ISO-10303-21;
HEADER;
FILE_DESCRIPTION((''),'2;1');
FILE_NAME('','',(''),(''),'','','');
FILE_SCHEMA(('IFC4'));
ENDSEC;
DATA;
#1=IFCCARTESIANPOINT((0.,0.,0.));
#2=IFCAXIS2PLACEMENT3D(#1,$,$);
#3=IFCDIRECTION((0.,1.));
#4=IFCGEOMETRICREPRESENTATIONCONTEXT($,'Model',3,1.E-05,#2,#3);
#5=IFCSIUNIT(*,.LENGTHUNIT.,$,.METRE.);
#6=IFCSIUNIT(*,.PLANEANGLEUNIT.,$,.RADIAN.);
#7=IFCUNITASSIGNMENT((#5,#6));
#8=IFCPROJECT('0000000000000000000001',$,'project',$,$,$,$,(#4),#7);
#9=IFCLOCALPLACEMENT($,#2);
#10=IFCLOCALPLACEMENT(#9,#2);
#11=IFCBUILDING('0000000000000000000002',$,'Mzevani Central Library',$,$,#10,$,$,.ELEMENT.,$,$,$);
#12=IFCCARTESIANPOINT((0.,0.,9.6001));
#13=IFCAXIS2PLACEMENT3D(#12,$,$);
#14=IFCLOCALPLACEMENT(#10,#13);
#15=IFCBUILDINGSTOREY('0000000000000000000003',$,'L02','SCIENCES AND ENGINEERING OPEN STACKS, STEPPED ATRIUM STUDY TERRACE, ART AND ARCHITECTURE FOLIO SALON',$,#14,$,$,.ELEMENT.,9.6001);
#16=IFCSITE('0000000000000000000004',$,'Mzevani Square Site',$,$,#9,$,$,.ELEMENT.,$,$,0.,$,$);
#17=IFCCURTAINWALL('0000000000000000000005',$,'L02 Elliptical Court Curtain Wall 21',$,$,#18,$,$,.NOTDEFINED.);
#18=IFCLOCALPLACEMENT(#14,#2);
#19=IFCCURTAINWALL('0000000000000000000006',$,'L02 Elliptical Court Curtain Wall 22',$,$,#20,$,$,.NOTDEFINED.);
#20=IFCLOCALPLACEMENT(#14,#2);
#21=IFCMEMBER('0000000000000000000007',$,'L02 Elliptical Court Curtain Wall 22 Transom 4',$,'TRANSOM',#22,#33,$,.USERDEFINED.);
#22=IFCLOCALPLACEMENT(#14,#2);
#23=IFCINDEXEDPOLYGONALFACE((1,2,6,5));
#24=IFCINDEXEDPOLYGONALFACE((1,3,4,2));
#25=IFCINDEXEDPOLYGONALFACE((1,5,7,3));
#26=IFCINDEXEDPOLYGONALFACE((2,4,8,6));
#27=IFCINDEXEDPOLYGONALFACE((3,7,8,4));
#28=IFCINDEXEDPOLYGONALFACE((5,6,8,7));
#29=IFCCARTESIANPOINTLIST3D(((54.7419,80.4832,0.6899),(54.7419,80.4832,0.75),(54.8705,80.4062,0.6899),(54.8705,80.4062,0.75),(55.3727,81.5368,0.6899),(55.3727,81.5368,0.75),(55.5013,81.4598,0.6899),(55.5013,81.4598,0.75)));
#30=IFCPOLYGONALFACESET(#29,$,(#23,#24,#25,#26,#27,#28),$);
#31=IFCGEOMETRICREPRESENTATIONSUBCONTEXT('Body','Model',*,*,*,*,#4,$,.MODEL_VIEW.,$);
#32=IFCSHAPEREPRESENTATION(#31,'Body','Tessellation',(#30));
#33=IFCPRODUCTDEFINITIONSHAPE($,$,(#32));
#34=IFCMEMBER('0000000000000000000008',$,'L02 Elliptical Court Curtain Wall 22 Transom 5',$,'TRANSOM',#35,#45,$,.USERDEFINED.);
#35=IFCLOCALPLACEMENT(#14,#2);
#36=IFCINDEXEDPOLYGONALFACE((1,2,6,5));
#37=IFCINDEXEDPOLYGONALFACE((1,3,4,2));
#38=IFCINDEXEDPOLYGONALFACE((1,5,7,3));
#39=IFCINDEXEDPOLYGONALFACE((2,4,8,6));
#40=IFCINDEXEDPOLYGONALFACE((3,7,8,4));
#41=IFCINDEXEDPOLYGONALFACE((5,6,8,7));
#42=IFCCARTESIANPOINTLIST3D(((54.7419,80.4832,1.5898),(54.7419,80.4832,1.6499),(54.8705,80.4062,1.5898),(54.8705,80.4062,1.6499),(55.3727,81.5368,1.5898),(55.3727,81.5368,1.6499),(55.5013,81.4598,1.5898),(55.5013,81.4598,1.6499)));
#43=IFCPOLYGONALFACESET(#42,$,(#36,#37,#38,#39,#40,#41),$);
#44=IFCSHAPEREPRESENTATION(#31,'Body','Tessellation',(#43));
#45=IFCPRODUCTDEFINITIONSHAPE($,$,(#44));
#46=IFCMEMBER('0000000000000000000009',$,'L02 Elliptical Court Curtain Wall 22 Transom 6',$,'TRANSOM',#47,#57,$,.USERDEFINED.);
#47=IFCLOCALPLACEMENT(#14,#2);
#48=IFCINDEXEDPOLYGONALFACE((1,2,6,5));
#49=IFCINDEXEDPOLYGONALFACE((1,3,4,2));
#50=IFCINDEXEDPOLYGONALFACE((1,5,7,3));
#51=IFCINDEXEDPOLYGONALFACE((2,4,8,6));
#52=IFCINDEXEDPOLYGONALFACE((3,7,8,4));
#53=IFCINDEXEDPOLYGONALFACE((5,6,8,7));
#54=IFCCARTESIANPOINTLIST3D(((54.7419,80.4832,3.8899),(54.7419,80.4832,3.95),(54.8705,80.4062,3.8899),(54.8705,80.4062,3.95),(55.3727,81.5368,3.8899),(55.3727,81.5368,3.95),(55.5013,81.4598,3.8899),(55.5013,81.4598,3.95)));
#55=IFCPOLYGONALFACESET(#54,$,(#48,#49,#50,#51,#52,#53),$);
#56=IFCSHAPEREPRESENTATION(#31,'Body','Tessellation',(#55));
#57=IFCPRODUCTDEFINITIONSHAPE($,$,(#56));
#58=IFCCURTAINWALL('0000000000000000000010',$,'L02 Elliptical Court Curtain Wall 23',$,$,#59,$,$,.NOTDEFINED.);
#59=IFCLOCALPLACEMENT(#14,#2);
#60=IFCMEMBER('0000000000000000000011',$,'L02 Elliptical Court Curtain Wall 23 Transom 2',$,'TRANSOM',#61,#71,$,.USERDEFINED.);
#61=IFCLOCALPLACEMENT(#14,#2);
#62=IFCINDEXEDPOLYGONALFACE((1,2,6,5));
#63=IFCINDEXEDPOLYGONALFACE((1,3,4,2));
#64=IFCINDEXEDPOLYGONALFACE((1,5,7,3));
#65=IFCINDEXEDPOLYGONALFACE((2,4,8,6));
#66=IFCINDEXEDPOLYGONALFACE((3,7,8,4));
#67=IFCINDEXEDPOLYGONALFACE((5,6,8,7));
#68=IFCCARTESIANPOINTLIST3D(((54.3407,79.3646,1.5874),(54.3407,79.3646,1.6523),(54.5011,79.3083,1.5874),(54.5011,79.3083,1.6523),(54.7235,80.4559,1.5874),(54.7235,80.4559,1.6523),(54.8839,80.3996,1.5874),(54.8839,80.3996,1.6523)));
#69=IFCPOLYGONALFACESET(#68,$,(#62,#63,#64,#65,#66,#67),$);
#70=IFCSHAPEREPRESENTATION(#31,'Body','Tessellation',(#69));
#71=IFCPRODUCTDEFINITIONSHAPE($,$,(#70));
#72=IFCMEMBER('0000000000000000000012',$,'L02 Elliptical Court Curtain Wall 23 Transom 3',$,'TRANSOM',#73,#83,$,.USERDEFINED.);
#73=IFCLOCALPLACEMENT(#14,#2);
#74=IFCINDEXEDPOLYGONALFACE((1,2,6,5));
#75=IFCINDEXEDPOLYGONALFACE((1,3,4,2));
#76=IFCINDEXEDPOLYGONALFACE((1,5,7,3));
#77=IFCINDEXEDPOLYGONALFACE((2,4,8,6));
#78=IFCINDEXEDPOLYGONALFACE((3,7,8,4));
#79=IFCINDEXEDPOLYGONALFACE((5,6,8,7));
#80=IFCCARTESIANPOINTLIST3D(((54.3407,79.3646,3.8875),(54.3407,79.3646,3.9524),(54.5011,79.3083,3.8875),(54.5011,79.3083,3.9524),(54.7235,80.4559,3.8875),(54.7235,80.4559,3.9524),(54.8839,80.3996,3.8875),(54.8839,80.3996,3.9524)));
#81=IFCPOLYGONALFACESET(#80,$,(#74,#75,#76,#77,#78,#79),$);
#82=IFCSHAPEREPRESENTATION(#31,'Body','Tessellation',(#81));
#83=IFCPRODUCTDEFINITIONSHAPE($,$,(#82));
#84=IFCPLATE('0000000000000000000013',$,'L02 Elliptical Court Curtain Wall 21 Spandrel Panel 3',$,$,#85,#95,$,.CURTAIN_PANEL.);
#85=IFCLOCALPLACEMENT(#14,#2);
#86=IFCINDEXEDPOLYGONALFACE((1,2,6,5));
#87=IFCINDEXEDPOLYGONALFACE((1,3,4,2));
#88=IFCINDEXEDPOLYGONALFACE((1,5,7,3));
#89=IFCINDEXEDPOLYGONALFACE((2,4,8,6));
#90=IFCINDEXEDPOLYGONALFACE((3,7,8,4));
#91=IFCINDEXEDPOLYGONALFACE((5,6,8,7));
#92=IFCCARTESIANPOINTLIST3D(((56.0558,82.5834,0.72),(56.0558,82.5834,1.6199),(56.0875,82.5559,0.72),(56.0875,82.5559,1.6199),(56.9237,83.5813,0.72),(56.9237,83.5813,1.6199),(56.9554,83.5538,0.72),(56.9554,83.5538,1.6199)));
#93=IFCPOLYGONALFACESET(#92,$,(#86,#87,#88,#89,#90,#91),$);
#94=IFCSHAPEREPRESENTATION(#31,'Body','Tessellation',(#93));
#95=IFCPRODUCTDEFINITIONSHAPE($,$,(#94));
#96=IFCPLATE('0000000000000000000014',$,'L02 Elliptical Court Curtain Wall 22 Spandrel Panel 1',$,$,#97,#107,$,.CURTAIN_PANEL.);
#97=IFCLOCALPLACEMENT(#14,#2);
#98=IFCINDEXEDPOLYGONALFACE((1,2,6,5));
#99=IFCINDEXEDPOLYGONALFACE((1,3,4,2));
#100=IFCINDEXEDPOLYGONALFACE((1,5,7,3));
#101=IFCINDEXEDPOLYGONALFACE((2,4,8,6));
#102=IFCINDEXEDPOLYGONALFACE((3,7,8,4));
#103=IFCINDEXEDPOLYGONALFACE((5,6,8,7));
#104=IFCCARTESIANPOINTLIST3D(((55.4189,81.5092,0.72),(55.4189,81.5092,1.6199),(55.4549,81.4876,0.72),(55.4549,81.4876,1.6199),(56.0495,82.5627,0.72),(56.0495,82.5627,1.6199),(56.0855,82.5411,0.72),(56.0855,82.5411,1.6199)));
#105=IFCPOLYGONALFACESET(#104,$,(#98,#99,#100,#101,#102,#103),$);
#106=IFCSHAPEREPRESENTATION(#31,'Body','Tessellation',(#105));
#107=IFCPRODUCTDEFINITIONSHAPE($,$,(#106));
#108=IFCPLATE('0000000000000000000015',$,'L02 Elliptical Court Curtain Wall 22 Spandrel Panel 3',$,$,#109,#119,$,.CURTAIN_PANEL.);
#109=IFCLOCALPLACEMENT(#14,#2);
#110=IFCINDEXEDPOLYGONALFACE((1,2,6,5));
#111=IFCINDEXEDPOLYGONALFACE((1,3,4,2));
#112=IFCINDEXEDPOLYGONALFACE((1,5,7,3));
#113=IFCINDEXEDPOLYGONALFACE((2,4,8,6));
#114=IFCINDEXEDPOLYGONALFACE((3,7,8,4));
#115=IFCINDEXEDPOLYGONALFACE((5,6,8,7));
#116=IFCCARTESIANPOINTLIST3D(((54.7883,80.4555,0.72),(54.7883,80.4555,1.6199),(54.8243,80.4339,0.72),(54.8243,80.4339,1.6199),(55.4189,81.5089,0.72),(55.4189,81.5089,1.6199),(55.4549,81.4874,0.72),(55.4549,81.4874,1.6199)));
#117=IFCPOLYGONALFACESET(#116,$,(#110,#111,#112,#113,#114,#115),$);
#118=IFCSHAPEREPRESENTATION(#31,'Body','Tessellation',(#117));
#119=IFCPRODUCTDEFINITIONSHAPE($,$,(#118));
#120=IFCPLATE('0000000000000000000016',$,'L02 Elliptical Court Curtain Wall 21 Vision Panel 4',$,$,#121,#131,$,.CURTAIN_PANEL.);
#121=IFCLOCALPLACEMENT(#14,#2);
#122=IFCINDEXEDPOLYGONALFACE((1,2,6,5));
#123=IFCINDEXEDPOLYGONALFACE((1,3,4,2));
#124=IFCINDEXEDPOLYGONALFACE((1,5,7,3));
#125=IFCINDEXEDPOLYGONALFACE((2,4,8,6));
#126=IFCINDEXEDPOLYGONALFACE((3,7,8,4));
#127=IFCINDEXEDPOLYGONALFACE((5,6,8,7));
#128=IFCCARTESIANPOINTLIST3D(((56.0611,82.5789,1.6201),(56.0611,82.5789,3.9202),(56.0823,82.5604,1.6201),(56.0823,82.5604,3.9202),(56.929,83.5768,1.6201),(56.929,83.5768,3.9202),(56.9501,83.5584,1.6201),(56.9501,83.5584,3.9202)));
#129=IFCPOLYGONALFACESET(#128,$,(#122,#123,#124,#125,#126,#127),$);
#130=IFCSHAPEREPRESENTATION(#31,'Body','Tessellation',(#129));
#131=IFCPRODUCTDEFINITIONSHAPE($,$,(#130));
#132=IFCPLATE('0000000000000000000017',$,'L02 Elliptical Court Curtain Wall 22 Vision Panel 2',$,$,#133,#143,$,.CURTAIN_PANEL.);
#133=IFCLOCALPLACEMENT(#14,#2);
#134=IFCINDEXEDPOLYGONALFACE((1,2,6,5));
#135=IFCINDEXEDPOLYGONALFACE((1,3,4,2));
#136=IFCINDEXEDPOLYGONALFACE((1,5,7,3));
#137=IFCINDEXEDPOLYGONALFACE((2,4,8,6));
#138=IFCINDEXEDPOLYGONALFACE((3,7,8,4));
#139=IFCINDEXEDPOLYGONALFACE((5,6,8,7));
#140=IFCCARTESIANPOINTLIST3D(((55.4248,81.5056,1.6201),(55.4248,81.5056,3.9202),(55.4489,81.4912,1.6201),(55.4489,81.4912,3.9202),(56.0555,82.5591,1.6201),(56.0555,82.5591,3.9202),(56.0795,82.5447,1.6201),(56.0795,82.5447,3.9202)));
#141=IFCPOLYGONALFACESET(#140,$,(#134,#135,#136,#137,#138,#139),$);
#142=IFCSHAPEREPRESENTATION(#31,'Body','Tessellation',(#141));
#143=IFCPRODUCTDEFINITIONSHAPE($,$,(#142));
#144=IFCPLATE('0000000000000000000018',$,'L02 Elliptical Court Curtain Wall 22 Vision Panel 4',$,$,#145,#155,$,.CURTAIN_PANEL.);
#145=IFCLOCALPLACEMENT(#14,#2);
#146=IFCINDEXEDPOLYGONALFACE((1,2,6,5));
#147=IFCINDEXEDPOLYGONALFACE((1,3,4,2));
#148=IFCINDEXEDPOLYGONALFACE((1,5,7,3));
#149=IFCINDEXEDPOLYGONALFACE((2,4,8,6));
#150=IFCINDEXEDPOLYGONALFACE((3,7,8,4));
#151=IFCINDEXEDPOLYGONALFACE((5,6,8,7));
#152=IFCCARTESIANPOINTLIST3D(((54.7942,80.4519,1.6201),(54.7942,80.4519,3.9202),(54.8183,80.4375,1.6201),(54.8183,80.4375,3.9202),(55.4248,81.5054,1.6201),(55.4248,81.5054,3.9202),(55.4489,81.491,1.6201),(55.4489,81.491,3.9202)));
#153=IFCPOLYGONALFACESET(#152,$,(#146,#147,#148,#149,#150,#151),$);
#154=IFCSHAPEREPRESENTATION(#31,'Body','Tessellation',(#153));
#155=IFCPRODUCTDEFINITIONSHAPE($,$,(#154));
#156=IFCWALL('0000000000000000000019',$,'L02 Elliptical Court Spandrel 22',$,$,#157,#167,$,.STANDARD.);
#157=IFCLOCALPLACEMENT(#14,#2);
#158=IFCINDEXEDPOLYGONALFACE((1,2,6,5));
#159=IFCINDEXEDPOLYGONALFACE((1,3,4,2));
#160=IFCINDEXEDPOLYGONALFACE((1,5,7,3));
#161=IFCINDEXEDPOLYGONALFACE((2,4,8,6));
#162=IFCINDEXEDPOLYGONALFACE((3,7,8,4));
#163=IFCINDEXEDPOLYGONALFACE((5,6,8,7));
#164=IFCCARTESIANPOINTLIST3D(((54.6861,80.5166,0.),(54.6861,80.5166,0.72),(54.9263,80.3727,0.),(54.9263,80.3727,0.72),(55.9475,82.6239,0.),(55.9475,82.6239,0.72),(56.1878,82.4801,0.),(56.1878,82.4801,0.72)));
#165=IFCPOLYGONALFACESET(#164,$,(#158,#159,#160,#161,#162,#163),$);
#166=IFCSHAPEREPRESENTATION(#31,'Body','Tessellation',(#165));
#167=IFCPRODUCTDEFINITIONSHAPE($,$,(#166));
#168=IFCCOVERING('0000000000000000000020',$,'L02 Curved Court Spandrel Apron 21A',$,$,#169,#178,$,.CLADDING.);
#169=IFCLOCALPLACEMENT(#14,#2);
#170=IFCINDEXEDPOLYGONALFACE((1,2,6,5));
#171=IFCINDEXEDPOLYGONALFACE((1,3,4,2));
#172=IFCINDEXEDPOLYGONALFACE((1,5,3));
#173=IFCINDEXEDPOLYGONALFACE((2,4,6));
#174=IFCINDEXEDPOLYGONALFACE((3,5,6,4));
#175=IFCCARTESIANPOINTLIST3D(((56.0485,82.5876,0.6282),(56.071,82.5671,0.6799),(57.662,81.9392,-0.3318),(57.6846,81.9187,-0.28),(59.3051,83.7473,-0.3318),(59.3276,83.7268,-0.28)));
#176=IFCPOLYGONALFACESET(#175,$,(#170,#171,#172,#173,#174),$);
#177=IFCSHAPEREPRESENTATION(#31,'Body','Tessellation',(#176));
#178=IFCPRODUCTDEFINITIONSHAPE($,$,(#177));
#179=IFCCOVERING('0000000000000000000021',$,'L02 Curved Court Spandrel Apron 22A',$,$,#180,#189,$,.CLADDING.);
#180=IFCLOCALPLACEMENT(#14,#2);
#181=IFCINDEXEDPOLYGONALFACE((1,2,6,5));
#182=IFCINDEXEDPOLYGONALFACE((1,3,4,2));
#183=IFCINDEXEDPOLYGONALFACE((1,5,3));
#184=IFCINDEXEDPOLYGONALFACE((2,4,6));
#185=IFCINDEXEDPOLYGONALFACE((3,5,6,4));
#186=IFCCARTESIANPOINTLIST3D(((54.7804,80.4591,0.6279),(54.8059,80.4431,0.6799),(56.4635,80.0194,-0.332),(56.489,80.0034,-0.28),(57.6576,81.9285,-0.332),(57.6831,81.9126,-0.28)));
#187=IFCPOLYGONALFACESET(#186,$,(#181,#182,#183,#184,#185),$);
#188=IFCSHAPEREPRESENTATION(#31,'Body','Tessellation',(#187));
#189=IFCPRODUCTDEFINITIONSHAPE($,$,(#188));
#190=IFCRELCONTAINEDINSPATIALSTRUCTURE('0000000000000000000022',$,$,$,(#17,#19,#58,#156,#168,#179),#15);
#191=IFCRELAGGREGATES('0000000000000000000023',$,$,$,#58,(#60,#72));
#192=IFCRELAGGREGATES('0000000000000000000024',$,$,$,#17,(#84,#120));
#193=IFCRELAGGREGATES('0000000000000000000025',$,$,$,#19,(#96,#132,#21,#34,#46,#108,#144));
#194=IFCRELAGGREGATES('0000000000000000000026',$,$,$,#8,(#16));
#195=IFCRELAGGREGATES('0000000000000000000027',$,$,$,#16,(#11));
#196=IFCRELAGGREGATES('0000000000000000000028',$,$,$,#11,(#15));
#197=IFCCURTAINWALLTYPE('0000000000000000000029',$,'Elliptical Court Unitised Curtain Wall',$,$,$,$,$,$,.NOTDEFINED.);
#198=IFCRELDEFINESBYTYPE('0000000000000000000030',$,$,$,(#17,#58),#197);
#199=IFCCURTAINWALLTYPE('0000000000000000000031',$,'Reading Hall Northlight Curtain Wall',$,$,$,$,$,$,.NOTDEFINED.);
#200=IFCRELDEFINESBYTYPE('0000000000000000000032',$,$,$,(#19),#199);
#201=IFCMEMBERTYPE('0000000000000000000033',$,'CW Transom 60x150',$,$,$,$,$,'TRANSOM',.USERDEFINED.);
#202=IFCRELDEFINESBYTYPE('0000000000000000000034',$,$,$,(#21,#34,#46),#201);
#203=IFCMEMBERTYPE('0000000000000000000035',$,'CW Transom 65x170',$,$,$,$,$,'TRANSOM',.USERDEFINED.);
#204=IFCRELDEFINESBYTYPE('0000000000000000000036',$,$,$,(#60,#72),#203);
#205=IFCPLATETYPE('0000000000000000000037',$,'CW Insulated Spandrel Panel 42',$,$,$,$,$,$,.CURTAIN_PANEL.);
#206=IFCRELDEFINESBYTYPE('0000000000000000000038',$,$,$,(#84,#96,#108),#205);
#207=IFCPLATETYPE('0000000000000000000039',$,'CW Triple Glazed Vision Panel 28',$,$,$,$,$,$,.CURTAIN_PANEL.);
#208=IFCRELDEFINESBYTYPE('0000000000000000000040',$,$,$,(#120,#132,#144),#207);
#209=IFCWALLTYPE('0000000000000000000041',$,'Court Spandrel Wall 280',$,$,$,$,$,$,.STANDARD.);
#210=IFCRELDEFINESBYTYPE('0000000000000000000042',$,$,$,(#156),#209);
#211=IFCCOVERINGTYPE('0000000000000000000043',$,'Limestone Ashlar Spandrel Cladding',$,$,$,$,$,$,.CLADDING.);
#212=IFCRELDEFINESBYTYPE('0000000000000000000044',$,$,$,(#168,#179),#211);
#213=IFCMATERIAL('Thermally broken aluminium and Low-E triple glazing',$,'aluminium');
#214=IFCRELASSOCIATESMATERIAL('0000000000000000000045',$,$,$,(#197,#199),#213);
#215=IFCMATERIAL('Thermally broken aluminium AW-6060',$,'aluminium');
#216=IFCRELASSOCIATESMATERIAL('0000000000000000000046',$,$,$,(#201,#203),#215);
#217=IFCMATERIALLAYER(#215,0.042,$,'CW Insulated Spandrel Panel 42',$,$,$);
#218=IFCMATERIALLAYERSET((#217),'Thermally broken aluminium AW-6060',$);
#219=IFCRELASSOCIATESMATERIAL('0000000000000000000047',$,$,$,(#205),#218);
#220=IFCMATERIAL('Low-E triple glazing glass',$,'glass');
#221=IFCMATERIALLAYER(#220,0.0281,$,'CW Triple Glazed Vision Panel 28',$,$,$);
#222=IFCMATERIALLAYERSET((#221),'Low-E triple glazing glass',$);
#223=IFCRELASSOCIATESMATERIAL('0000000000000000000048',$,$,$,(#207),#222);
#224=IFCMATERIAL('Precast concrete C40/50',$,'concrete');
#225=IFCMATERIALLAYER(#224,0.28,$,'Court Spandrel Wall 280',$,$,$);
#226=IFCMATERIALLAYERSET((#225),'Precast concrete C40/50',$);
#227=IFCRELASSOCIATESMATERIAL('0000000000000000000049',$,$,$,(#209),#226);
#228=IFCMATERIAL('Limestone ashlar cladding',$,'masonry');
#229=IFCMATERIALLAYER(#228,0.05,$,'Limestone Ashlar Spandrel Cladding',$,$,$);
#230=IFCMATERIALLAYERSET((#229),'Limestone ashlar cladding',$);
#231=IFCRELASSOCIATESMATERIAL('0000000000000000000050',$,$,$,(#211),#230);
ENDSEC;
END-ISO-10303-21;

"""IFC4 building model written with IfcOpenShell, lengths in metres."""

from ifc_helpers import new_model, si_unit, direction, frame, frame_2d, origin, origin_2d, place, context, subcontext, project, spatial, polyline, rectangle, outline, extrude, material, layer, layer_set, material_profile, profile_set, type_object, element, aggregate, save


model = new_model("IFC4")

# Units and contexts
model_context = context("Model", 3, precision=1e-05, world=origin(), true_north=direction((0.0, 1.0)))
body_context = subcontext(model_context, "Body", "Model", "MODEL_VIEW")
ifc_project = project(units=[si_unit("LENGTHUNIT", "METRE"), si_unit("PLANEANGLEUNIT", "RADIAN")], contexts=[model_context])

# Site, building, storey
site_placement = place(None, origin())
site = spatial("IfcSite", under=ifc_project, at=site_placement, Name="Mzevani Square Site", CompositionType="ELEMENT", RefElevation=0.0)
building_placement = place(site_placement, origin())
building = spatial("IfcBuilding", under=site, at=building_placement, Name="Mzevani Central Library", CompositionType="ELEMENT")
storey_placement = place(building_placement, frame((0.0, 0.0, 9.6001)))
storey = spatial("IfcBuildingStorey", under=building, at=storey_placement, Name="L02", Description="SCIENCES AND ENGINEERING OPEN STACKS, STEPPED ATRIUM STUDY TERRACE, ART AND ARCHITECTURE FOLIO SALON", CompositionType="ELEMENT", Elevation=9.6001)

# Curtain walls
ifc_material_1 = material(Name="Thermally broken aluminium and Low-E triple glazing", Category="aluminium")
curtain_wall_type_1 = type_object("IfcCurtainWallType", Name="Elliptical Court Unitised Curtain Wall", PredefinedType="NOTDEFINED", material=ifc_material_1)
curtain_wall_1_placement = place(storey_placement, origin())
curtain_wall_1 = element("IfcCurtainWall", 1, at=curtain_wall_1_placement, inside=storey, type_object=curtain_wall_type_1, Name="L02 Elliptical Court Curtain Wall 21", PredefinedType="NOTDEFINED")
ifc_material_2 = material(Name="Thermally broken aluminium AW-6060", Category="aluminium")
curtain_wall_type_2 = type_object("IfcCurtainWallType", Name="Reading Hall Northlight Curtain Wall", PredefinedType="NOTDEFINED", material=ifc_material_1)
curtain_wall_2_placement = place(storey_placement, origin())
curtain_wall_2 = element("IfcCurtainWall", 2, at=curtain_wall_2_placement, inside=storey, type_object=curtain_wall_type_2, Name="L02 Elliptical Court Curtain Wall 22", PredefinedType="NOTDEFINED")

# Members
ifc_material_profile_1 = material_profile(ifc_material_2, rectangle(XDim=0.1499, YDim=0.0601, at=origin_2d()), Name="ALU T60x150")
ifc_profile_set_1 = profile_set([ifc_material_profile_1], Name="Thermally broken aluminium AW-6060")
member_type_1 = type_object("IfcMemberType", Name="CW Transom 60x150", ElementType="TRANSOM", PredefinedType="USERDEFINED", material=ifc_profile_set_1)
member_1_placement = place(storey_placement, frame((55.437, 81.4983, 0.72), z_axis=(-0.513677, -0.857984, 0.0), x_axis=(0.857984, -0.513677, 0.0)))
member_1 = element("IfcMember", 3, at=member_1_placement, type_object=member_type_1, Name="L02 Elliptical Court Curtain Wall 22 Transom 4", ObjectType="TRANSOM", PredefinedType="USERDEFINED", context=body_context, shape_type="SweptSolid", body=[
    extrude(rectangle(XDim=0.1499, YDim=0.0601, at=origin_2d()), origin(), (0.0, 0.0, 1.0), 1.228),
])
member_2_placement = place(storey_placement, frame((55.437, 81.4983, 1.6199), z_axis=(-0.513677, -0.857984, 0.0), x_axis=(0.857984, -0.513677, 0.0)))
member_2 = element("IfcMember", 4, at=member_2_placement, type_object=member_type_1, Name="L02 Elliptical Court Curtain Wall 22 Transom 5", ObjectType="TRANSOM", PredefinedType="USERDEFINED", context=body_context, shape_type="SweptSolid", body=[
    extrude(rectangle(XDim=0.1499, YDim=0.0601, at=origin_2d()), origin(), (0.0, 0.0, 1.0), 1.228),
])
member_3_placement = place(storey_placement, frame((55.437, 81.4983, 3.9199), z_axis=(-0.513677, -0.857984, 0.0), x_axis=(0.857984, -0.513677, 0.0)))
member_3 = element("IfcMember", 5, at=member_3_placement, type_object=member_type_1, Name="L02 Elliptical Court Curtain Wall 22 Transom 6", ObjectType="TRANSOM", PredefinedType="USERDEFINED", context=body_context, shape_type="SweptSolid", body=[
    extrude(rectangle(XDim=0.1499, YDim=0.0601, at=origin_2d()), origin(), (0.0, 0.0, 1.0), 1.228),
])

# Curtain wall, members
curtain_wall_3_placement = place(storey_placement, origin())
curtain_wall_3 = element("IfcCurtainWall", 6, at=curtain_wall_3_placement, inside=storey, type_object=curtain_wall_type_1, Name="L02 Elliptical Court Curtain Wall 23", PredefinedType="NOTDEFINED")
ifc_material_profile_2 = material_profile(ifc_material_2, rectangle(XDim=0.1699, YDim=0.0649, at=origin_2d()), Name="ALU T65x170")
ifc_profile_set_2 = profile_set([ifc_material_profile_2], Name="Thermally broken aluminium AW-6060")
member_type_2 = type_object("IfcMemberType", Name="CW Transom 65x170", ElementType="TRANSOM", PredefinedType="USERDEFINED", material=ifc_profile_set_2)
member_4_placement = place(storey_placement, frame((54.8037, 80.4277, 1.6199), z_axis=(-0.331009, -0.943628, 0.0), x_axis=(0.943628, -0.331009, 0.0)))
member_4 = element("IfcMember", 7, at=member_4_placement, type_object=member_type_2, Name="L02 Elliptical Court Curtain Wall 23 Transom 2", ObjectType="TRANSOM", PredefinedType="USERDEFINED", context=body_context, shape_type="SweptSolid", body=[
    extrude(rectangle(XDim=0.1699, YDim=0.0649, at=origin_2d()), origin(), (0.0, 0.0, 1.0), 1.1565),
])
member_5_placement = place(storey_placement, frame((54.8037, 80.4277, 3.9199), z_axis=(-0.331009, -0.943628, 0.0), x_axis=(0.943628, -0.331009, 0.0)))
member_5 = element("IfcMember", 8, at=member_5_placement, type_object=member_type_2, Name="L02 Elliptical Court Curtain Wall 23 Transom 3", ObjectType="TRANSOM", PredefinedType="USERDEFINED", context=body_context, shape_type="SweptSolid", body=[
    extrude(rectangle(XDim=0.1699, YDim=0.0649, at=origin_2d()), origin(), (0.0, 0.0, 1.0), 1.1565),
])
aggregate(curtain_wall_3, [member_4, member_5])

# Plates
ifc_layer_1 = layer(ifc_material_2, 0.042, Name="CW Insulated Spandrel Panel 42")
ifc_layer_set_1 = layer_set([ifc_layer_1], Name="Thermally broken aluminium AW-6060")
plate_type_1 = type_object("IfcPlateType", Name="CW Insulated Spandrel Panel 42", PredefinedType="CURTAIN_PANEL", material=ifc_layer_set_1)
plate_1_placement = place(storey_placement, frame((56.5056, 83.0686, 0.72), z_axis=(0.0, 0.0, 1.0), x_axis=(-0.656226, -0.754564, 0.0)))
plate_1 = element("IfcPlate", 9, at=plate_1_placement, type_object=plate_type_1, Name="L02 Elliptical Court Curtain Wall 21 Spandrel Panel 3", PredefinedType="CURTAIN_PANEL", context=body_context, shape_type="SweptSolid", body=[
    extrude(rectangle(XDim=1.3225, YDim=0.042, at=origin_2d()), origin(), (0.0, 0.0, 1.0), 0.8999),
])
plate_2_placement = place(storey_placement, frame((55.7522, 82.0251, 0.72), z_axis=(0.0, 0.0, 1.0), x_axis=(-0.513621, -0.858017, 0.0)))
plate_2 = element("IfcPlate", 10, at=plate_2_placement, type_object=plate_type_1, Name="L02 Elliptical Court Curtain Wall 22 Spandrel Panel 1", PredefinedType="CURTAIN_PANEL", context=body_context, shape_type="SweptSolid", body=[
    extrude(rectangle(XDim=1.2278, YDim=0.042, at=origin_2d()), origin(), (0.0, 0.0, 1.0), 0.8999),
])
plate_3_placement = place(storey_placement, frame((55.1216, 80.9714, 0.72), z_axis=(0.0, 0.0, 1.0), x_axis=(-0.513621, -0.858017, 0.0)))
plate_3 = element("IfcPlate", 11, at=plate_3_placement, type_object=plate_type_1, Name="L02 Elliptical Court Curtain Wall 22 Spandrel Panel 3", PredefinedType="CURTAIN_PANEL", context=body_context, shape_type="SweptSolid", body=[
    extrude(rectangle(XDim=1.2278, YDim=0.042, at=origin_2d()), origin(), (0.0, 0.0, 1.0), 0.8999),
])
ifc_material_3 = material(Name="Low-E triple glazing glass", Category="glass")
ifc_layer_2 = layer(ifc_material_3, 0.0281, Name="CW Triple Glazed Vision Panel 28")
ifc_layer_set_2 = layer_set([ifc_layer_2], Name="Low-E triple glazing glass")
plate_type_2 = type_object("IfcPlateType", Name="CW Triple Glazed Vision Panel 28", PredefinedType="CURTAIN_PANEL", material=ifc_layer_set_2)
plate_4_placement = place(storey_placement, frame((56.5056, 83.0686, 1.6201), z_axis=(0.0, 0.0, 1.0), x_axis=(-0.656226, -0.754564, 0.0)))
plate_4 = element("IfcPlate", 12, at=plate_4_placement, type_object=plate_type_2, Name="L02 Elliptical Court Curtain Wall 21 Vision Panel 4", PredefinedType="CURTAIN_PANEL", context=body_context, shape_type="SweptSolid", body=[
    extrude(rectangle(XDim=1.3225, YDim=0.0281, at=origin_2d()), origin(), (0.0, 0.0, 1.0), 2.3),
])
aggregate(curtain_wall_1, [plate_1, plate_4])
plate_5_placement = place(storey_placement, frame((55.7522, 82.0251, 1.6201), z_axis=(0.0, 0.0, 1.0), x_axis=(-0.513621, -0.858017, 0.0)))
plate_5 = element("IfcPlate", 13, at=plate_5_placement, type_object=plate_type_2, Name="L02 Elliptical Court Curtain Wall 22 Vision Panel 2", PredefinedType="CURTAIN_PANEL", context=body_context, shape_type="SweptSolid", body=[
    extrude(rectangle(XDim=1.2278, YDim=0.0281, at=origin_2d()), origin(), (0.0, 0.0, 1.0), 2.3),
])
plate_6_placement = place(storey_placement, frame((55.1216, 80.9714, 1.6201), z_axis=(0.0, 0.0, 1.0), x_axis=(-0.513621, -0.858017, 0.0)))
plate_6 = element("IfcPlate", 14, at=plate_6_placement, type_object=plate_type_2, Name="L02 Elliptical Court Curtain Wall 22 Vision Panel 4", PredefinedType="CURTAIN_PANEL", context=body_context, shape_type="SweptSolid", body=[
    extrude(rectangle(XDim=1.2278, YDim=0.0281, at=origin_2d()), origin(), (0.0, 0.0, 1.0), 2.3),
])
aggregate(curtain_wall_2, [plate_2, plate_5, member_1, member_2, member_3, plate_3, plate_6])

# Wall
ifc_material_4 = material(Name="Precast concrete C40/50", Category="concrete")
ifc_layer_3 = layer(ifc_material_4, 0.28, Name="Court Spandrel Wall 280")
ifc_layer_set_3 = layer_set([ifc_layer_3], Name="Precast concrete C40/50")
wall_type = type_object("IfcWallType", Name="Court Spandrel Wall 280", PredefinedType="STANDARD", material=ifc_layer_set_3)
wall_placement = place(storey_placement, frame((56.0676, 82.552, 0.0), z_axis=(0.0, 0.0, 1.0), x_axis=(-0.513604, -0.858027, 0.0)))
element("IfcWall", 15, at=wall_placement, inside=storey, type_object=wall_type, Name="L02 Elliptical Court Spandrel 22", PredefinedType="STANDARD", context=body_context, shape_type="SweptSolid", body=[
    extrude(rectangle(XDim=2.4561, YDim=0.28, at=frame_2d((1.228, 0.0))), origin(), (0.0, 0.0, 1.0), 0.72),
])

# Coverings
ifc_material_5 = material(Name="Limestone ashlar cladding", Category="masonry")
ifc_layer_4 = layer(ifc_material_5, 0.05, Name="Limestone Ashlar Spandrel Cladding")
ifc_layer_set_4 = layer_set([ifc_layer_4], Name="Limestone ashlar cladding")
covering_type = type_object("IfcCoveringType", Name="Limestone Ashlar Spandrel Cladding", PredefinedType="CLADDING", material=ifc_layer_set_4)
covering_1_placement = place(storey_placement, frame((59.3276, 83.7268, -0.28), z_axis=(0.375526, -0.341249, 0.861701), x_axis=(-0.672524, -0.740076, 0.0)))
element("IfcCovering", 16, at=covering_1_placement, inside=storey, type_object=covering_type, Name="L02 Curved Court Spandrel Apron 21A", PredefinedType="CLADDING", context=body_context, shape_type="SweptSolid", body=[
    extrude(outline(polyline([(0.0, 0.0), (2.4431, 0.0), (3.0484, -1.8919), (0.0, 0.0)])), origin(), (0.0, 0.0, -1.0), 0.0601),
])
covering_2_placement = place(storey_placement, frame((57.6831, 81.9126, -0.28), z_axis=(0.424404, -0.265442, 0.865692), x_axis=(-0.530272, -0.847828, 0.0)))
element("IfcCovering", 17, at=covering_2_placement, inside=storey, type_object=covering_type, Name="L02 Curved Court Spandrel Apron 22A", PredefinedType="CLADDING", context=body_context, shape_type="SweptSolid", body=[
    extrude(outline(polyline([(0.0, 0.0), (2.2518, 0.0), (2.7716, -1.9177), (0.0, 0.0)])), origin(), (0.0, 0.0, -1.0), 0.0601),
])

save(model, "model.ifc")
